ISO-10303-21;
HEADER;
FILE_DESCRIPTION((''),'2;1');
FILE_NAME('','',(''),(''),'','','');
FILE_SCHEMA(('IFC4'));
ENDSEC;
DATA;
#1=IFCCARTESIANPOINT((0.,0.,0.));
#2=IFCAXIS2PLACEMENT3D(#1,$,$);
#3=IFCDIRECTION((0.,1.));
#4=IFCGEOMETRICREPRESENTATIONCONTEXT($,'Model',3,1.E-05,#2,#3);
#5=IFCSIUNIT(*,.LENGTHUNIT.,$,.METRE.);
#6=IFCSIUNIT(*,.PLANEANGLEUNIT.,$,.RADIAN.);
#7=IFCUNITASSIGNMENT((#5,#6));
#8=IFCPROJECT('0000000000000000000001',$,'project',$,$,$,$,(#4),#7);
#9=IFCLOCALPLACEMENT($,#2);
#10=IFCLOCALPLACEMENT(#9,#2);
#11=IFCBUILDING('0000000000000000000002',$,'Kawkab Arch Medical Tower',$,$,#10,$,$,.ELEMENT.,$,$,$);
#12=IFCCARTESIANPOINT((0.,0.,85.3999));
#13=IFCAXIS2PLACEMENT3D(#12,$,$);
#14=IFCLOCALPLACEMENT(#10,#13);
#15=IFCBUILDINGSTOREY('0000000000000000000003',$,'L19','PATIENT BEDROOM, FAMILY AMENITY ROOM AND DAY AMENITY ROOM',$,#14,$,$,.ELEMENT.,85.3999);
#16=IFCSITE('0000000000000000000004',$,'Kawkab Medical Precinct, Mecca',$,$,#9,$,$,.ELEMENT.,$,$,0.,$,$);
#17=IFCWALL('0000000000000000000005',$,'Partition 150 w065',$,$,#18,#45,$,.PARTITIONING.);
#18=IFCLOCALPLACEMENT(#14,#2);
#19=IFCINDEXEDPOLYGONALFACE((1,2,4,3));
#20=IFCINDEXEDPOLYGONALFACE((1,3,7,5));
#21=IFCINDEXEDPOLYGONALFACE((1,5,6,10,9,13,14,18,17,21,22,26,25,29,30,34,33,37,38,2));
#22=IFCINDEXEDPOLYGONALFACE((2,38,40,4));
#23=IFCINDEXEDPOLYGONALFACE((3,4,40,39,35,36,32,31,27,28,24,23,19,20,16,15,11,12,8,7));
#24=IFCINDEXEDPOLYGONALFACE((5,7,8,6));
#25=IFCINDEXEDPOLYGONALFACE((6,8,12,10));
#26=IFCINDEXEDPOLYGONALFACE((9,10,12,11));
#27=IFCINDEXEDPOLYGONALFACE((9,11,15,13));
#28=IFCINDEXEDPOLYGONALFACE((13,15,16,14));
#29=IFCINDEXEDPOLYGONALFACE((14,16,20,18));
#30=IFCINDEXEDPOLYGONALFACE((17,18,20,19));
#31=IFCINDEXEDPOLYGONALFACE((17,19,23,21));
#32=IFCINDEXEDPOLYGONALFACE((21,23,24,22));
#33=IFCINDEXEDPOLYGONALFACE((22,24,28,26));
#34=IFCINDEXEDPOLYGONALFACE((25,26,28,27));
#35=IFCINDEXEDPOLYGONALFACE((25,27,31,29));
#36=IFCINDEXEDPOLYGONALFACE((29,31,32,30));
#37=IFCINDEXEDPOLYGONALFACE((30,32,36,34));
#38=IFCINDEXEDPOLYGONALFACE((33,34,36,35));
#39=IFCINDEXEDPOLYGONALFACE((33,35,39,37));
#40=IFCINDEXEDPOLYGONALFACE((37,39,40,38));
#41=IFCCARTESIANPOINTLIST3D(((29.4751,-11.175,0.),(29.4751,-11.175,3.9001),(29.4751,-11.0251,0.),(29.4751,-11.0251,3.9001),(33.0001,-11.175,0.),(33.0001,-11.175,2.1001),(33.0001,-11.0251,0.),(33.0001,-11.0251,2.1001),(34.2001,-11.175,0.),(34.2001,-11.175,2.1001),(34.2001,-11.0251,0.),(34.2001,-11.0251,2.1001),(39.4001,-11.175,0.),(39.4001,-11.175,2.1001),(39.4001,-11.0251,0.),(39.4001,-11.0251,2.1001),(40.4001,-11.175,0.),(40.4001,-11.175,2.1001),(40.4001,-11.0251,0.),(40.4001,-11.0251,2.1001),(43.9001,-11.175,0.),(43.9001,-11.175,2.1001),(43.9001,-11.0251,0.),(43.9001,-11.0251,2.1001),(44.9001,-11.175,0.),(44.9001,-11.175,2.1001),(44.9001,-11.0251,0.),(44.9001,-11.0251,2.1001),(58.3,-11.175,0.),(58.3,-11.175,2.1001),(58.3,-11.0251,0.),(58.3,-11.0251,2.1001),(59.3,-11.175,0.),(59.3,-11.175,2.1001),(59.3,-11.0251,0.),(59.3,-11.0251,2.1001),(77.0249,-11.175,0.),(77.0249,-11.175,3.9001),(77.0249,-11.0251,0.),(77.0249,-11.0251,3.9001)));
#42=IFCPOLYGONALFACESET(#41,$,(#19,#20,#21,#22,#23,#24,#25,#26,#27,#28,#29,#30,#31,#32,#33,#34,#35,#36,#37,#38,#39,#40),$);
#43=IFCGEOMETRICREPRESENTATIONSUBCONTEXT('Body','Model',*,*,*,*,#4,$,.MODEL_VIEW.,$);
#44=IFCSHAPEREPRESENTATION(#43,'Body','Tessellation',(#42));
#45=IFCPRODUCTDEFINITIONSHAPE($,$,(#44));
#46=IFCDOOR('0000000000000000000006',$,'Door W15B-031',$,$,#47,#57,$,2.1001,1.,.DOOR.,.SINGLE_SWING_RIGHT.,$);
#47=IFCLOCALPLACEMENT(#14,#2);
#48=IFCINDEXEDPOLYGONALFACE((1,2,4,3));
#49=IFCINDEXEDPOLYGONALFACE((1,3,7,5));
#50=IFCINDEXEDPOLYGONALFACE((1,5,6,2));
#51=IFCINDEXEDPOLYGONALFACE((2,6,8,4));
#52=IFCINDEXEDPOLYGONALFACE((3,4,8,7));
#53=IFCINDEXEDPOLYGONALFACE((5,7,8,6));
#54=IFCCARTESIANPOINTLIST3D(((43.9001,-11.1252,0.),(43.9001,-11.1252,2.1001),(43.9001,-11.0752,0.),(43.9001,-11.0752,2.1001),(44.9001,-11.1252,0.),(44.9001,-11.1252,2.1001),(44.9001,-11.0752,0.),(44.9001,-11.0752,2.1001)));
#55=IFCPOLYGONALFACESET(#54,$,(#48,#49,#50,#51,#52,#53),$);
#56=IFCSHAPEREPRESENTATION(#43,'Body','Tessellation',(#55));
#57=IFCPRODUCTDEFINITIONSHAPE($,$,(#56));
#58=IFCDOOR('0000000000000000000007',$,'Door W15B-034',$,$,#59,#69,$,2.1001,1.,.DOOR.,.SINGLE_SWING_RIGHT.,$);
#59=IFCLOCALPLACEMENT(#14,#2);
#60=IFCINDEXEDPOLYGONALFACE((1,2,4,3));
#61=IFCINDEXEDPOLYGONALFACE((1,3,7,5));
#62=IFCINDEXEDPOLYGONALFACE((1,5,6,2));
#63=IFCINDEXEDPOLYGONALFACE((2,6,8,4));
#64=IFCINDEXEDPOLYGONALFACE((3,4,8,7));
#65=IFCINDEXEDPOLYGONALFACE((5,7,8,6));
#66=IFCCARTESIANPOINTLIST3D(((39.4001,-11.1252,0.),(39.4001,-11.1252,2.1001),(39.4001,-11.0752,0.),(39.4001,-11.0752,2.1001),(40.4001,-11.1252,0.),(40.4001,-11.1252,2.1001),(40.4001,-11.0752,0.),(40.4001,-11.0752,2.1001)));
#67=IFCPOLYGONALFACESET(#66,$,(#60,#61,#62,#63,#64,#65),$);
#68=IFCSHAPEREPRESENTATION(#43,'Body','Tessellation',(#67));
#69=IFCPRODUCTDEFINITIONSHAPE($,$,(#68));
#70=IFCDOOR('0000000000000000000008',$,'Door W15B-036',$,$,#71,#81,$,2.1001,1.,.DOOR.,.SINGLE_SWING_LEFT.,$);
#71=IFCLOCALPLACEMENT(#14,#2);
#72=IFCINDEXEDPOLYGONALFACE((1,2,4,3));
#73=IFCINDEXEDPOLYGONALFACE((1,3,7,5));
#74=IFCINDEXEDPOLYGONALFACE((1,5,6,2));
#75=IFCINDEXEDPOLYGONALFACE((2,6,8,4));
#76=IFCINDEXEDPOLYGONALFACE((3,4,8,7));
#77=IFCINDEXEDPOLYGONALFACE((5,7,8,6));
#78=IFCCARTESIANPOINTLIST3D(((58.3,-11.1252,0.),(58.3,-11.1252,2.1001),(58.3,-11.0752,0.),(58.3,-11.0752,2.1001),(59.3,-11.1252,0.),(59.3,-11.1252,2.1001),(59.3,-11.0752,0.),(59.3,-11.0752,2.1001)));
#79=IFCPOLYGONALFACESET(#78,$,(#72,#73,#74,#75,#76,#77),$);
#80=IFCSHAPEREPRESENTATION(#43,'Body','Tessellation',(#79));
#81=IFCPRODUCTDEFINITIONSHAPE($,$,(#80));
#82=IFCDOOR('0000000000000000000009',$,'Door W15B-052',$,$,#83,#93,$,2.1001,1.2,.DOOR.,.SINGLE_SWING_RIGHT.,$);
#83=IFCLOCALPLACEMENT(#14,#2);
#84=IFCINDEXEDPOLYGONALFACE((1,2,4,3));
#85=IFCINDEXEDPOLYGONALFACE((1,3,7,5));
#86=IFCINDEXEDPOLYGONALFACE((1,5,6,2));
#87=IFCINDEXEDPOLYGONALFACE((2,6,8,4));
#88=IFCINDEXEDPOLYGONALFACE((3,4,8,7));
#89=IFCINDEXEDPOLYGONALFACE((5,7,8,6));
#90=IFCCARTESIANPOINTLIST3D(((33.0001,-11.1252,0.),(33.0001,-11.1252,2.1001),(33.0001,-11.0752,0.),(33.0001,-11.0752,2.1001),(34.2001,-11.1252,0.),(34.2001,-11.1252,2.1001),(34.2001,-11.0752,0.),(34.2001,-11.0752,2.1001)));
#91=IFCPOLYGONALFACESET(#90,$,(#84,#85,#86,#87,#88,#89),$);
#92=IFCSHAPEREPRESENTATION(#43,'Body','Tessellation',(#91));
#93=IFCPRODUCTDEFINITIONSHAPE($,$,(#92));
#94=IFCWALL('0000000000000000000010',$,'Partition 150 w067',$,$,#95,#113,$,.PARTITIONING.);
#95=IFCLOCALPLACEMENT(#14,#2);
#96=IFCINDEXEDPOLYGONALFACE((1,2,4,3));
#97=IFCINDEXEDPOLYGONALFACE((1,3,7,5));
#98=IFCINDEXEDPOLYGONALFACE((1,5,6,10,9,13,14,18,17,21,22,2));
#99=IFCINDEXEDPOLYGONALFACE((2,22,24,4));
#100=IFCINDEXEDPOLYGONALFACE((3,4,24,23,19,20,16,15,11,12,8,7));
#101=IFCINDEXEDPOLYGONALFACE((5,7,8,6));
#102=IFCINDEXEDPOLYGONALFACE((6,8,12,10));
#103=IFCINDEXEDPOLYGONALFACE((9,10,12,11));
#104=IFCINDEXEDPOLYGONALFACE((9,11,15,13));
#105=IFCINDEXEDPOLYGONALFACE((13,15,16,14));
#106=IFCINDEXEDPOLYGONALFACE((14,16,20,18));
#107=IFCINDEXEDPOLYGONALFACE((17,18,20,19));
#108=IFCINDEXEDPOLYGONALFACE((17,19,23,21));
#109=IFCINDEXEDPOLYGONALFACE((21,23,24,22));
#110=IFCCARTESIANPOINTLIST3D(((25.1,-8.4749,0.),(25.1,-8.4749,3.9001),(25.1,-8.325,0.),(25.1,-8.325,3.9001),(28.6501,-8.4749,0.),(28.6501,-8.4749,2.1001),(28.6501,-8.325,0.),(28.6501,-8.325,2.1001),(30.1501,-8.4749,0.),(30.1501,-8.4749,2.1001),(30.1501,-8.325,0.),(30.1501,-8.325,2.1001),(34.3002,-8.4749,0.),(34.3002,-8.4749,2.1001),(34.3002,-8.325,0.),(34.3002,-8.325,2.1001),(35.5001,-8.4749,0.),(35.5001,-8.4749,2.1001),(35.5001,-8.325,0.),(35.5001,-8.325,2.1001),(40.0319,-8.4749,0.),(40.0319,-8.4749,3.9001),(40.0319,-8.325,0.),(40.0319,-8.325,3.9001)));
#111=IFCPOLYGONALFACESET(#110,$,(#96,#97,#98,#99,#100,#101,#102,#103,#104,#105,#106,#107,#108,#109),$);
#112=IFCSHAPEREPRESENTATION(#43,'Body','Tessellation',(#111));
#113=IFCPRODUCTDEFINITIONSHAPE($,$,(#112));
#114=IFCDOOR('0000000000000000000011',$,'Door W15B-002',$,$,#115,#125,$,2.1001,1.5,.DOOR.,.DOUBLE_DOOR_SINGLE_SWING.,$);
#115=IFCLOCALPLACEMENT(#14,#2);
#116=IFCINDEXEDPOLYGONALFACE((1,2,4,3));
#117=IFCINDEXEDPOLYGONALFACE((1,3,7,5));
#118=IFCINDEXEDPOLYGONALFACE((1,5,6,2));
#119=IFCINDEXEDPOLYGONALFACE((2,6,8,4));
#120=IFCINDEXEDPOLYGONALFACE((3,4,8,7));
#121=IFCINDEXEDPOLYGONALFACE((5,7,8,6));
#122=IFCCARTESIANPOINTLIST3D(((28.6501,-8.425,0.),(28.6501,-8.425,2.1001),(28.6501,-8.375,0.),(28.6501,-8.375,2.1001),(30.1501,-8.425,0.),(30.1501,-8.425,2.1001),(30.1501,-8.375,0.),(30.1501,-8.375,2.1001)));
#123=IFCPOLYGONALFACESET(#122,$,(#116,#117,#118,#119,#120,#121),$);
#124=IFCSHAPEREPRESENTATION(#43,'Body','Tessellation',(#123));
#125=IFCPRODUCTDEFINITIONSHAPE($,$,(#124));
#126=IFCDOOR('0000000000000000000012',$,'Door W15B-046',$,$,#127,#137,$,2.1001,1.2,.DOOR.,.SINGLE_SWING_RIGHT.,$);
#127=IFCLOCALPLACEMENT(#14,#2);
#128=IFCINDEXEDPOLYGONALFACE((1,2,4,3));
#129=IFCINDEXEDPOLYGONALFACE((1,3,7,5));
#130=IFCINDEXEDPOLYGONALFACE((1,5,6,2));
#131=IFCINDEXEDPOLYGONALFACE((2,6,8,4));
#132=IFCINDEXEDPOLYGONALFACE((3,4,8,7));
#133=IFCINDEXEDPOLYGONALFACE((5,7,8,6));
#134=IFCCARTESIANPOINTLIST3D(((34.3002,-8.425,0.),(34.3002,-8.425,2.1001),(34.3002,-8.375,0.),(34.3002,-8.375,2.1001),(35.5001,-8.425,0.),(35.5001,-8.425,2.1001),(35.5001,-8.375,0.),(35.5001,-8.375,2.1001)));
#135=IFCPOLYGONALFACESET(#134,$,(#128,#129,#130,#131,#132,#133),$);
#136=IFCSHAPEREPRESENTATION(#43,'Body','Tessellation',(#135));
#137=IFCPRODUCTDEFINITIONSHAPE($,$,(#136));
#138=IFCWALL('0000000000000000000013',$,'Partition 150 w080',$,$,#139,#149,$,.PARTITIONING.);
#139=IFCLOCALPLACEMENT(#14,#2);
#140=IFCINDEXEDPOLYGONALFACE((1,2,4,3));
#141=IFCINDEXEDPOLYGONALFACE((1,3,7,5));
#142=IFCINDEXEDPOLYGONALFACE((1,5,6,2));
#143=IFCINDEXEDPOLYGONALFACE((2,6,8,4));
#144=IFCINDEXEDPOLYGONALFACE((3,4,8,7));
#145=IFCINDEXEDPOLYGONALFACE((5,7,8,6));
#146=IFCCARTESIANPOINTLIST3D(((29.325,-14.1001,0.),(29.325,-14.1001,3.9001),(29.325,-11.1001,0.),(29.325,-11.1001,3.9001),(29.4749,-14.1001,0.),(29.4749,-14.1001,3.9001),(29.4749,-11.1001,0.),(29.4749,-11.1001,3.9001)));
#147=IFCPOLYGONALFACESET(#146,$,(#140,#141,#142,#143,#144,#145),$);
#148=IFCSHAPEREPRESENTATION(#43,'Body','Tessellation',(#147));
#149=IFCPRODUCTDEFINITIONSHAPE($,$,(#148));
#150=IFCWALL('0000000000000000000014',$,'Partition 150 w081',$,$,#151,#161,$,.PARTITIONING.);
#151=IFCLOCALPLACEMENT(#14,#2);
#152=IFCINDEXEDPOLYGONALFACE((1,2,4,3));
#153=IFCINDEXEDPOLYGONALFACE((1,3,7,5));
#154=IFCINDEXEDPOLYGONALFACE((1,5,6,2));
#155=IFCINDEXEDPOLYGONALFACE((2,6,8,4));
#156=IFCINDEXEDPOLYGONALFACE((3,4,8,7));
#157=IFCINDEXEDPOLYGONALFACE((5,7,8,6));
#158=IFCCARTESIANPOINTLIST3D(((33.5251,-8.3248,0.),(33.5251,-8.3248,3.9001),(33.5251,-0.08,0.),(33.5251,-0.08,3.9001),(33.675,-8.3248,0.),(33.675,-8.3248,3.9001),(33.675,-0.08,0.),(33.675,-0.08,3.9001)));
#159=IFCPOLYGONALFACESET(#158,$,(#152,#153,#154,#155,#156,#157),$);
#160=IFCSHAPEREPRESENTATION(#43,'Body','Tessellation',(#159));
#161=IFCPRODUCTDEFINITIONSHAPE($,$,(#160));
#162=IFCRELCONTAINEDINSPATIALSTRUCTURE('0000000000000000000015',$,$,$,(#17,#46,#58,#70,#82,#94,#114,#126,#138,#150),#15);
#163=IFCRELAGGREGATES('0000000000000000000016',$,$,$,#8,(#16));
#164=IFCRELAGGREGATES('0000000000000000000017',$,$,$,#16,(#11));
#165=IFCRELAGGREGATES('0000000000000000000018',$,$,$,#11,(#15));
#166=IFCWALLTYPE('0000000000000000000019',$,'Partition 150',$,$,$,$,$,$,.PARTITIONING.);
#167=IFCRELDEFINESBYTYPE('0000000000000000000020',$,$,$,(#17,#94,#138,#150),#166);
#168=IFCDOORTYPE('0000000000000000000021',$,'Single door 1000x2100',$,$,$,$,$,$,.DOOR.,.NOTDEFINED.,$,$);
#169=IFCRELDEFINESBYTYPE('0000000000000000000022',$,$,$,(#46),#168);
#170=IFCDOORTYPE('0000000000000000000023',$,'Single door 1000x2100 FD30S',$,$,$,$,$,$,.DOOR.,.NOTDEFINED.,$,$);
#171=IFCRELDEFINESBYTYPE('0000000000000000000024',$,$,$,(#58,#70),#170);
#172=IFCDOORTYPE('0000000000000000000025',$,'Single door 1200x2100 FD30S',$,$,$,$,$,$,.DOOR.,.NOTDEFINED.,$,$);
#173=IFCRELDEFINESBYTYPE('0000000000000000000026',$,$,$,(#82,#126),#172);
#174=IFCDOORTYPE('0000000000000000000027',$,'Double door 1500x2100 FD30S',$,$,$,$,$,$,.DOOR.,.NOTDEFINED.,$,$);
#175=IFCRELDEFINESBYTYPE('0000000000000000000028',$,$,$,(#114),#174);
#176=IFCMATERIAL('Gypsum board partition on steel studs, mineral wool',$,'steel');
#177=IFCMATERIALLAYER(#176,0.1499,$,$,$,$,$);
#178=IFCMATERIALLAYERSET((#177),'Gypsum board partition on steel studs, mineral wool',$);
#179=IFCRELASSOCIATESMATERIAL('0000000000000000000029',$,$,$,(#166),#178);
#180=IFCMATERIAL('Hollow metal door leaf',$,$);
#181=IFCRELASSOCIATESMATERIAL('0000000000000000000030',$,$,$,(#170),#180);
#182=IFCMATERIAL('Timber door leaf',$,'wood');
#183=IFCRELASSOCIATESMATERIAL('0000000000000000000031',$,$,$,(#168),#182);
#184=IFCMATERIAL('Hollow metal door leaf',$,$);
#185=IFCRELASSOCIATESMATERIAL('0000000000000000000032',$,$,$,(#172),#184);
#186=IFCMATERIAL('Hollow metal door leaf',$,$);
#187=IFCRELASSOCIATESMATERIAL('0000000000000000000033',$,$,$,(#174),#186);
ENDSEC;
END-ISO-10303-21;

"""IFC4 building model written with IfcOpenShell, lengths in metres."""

from ifc_helpers import new_model, si_unit, direction, frame, frame_2d, origin, place, context, subcontext, project, spatial, rectangle, extrude, material, layer, layer_set, type_object, element, fill, save


model = new_model("IFC4")

# Units and contexts
model_context = context("Model", 3, precision=1e-05, world=origin(), true_north=direction((0.0, 1.0)))
body_context = subcontext(model_context, "Body", "Model", "MODEL_VIEW")
ifc_project = project(units=[si_unit("LENGTHUNIT", "METRE"), si_unit("PLANEANGLEUNIT", "RADIAN")], contexts=[model_context])

# Site, building, storey
site_placement = place(None, origin())
site = spatial("IfcSite", under=ifc_project, at=site_placement, Name="Kawkab Medical Precinct, Mecca", CompositionType="ELEMENT", RefElevation=0.0)
building_placement = place(site_placement, origin())
building = spatial("IfcBuilding", under=site, at=building_placement, Name="Kawkab Arch Medical Tower", CompositionType="ELEMENT")
storey_placement = place(building_placement, frame((0.0, 0.0, 85.3999)))
storey = spatial("IfcBuildingStorey", under=building, at=storey_placement, Name="L19", Description="PATIENT BEDROOM, FAMILY AMENITY ROOM AND DAY AMENITY ROOM", CompositionType="ELEMENT", Elevation=85.3999)

# Walls, openings, doors
ifc_material_1 = material(Name="Gypsum board partition on steel studs, mineral wool", Category="steel")
ifc_layer_1 = layer(ifc_material_1, 0.1499)
ifc_layer_set_1 = layer_set([ifc_layer_1], Name="Gypsum board partition on steel studs, mineral wool")
wall_type_1 = type_object("IfcWallType", Name="Partition 150", PredefinedType="PARTITIONING", material=ifc_layer_set_1)
ifc_material_2 = material(Name="Hollow metal door leaf")
door_type_1 = type_object("IfcDoorType", Name="Single door 1000x2100 FD30S", OperationType="NOTDEFINED", PredefinedType="DOOR", material=ifc_material_2)
wall_1_placement = place(storey_placement, frame((29.4751, -11.1001, 0.0), z_axis=(0.0, 0.0, 1.0), x_axis=(1.0, 0.0, 0.0)))
wall_1 = element("IfcWall", 1, at=wall_1_placement, inside=storey, type_object=wall_type_1, Name="Partition 150 w065", PredefinedType="PARTITIONING", context=body_context, shape_type="SweptSolid", body=[
    extrude(rectangle(XDim=47.5498, YDim=0.1499, at=frame_2d((23.7749, 0.0))), origin(), (0.0, 0.0, 1.0), 3.9001),
])
opening_1_placement = place(wall_1_placement, frame((3.5249, 0.0, 0.0)))
opening_1 = element("IfcOpeningElement", 2, at=opening_1_placement, cuts=wall_1, PredefinedType="OPENING", context=body_context, shape_type="SweptSolid", body=[
    extrude(rectangle(XDim=1.2, YDim=2.1001, at=frame_2d((0.6001, 1.05))), frame((0.0, 0.085, 0.0), z_axis=(0.0, -1.0, 0.0), x_axis=(1.0, 0.0, 0.0)), (0.0, 0.0, 1.0), 0.1699),
])
opening_2_placement = place(wall_1_placement, frame((9.925, 0.0, 0.0)))
opening_2 = element("IfcOpeningElement", 3, at=opening_2_placement, cuts=wall_1, PredefinedType="OPENING", context=body_context, shape_type="SweptSolid", body=[
    extrude(rectangle(XDim=1.0, YDim=2.1001, at=frame_2d((0.5, 1.05))), frame((0.0, 0.085, 0.0), z_axis=(0.0, -1.0, 0.0), x_axis=(1.0, 0.0, 0.0)), (0.0, 0.0, 1.0), 0.1699),
])
opening_3_placement = place(wall_1_placement, frame((14.425, 0.0, 0.0)))
opening_3 = element("IfcOpeningElement", 4, at=opening_3_placement, cuts=wall_1, PredefinedType="OPENING", context=body_context, shape_type="SweptSolid", body=[
    extrude(rectangle(XDim=1.0, YDim=2.1001, at=frame_2d((0.5, 1.05))), frame((0.0, 0.085, 0.0), z_axis=(0.0, -1.0, 0.0), x_axis=(1.0, 0.0, 0.0)), (0.0, 0.0, 1.0), 0.1699),
])
opening_4_placement = place(wall_1_placement, frame((28.825, 0.0, 0.0)))
opening_4 = element("IfcOpeningElement", 5, at=opening_4_placement, cuts=wall_1, PredefinedType="OPENING", context=body_context, shape_type="SweptSolid", body=[
    extrude(rectangle(XDim=1.0, YDim=2.1001, at=frame_2d((0.5, 1.05))), frame((0.0, 0.085, 0.0), z_axis=(0.0, -1.0, 0.0), x_axis=(1.0, 0.0, 0.0)), (0.0, 0.0, 1.0), 0.1699),
])
ifc_material_3 = material(Name="Timber door leaf", Category="wood")
door_type_2 = type_object("IfcDoorType", Name="Single door 1000x2100", OperationType="NOTDEFINED", PredefinedType="DOOR", material=ifc_material_3)
door_1_placement = place(opening_3_placement, origin())
door_1 = element("IfcDoor", 6, at=door_1_placement, inside=storey, type_object=door_type_2, Name="Door W15B-031", OperationType="SINGLE_SWING_RIGHT", OverallHeight=2.1001, OverallWidth=1.0, PredefinedType="DOOR", context=body_context, shape_type="SweptSolid", body=[
    extrude(rectangle(XDim=1.0, YDim=2.1001, at=frame_2d((0.5, 1.05))), frame((0.0, 0.0249, 0.0), z_axis=(0.0, -1.0, 0.0), x_axis=(1.0, 0.0, 0.0)), (0.0, 0.0, 1.0), 0.05),
])
fill(opening_3, door_1)
door_2_placement = place(opening_2_placement, origin())
door_2 = element("IfcDoor", 7, at=door_2_placement, inside=storey, type_object=door_type_1, Name="Door W15B-034", OperationType="SINGLE_SWING_RIGHT", OverallHeight=2.1001, OverallWidth=1.0, PredefinedType="DOOR", context=body_context, shape_type="SweptSolid", body=[
    extrude(rectangle(XDim=1.0, YDim=2.1001, at=frame_2d((0.5, 1.05))), frame((0.0, 0.0249, 0.0), z_axis=(0.0, -1.0, 0.0), x_axis=(1.0, 0.0, 0.0)), (0.0, 0.0, 1.0), 0.05),
])
fill(opening_2, door_2)
door_3_placement = place(opening_4_placement, origin())
door_3 = element("IfcDoor", 8, at=door_3_placement, inside=storey, type_object=door_type_1, Name="Door W15B-036", OperationType="SINGLE_SWING_LEFT", OverallHeight=2.1001, OverallWidth=1.0, PredefinedType="DOOR", context=body_context, shape_type="SweptSolid", body=[
    extrude(rectangle(XDim=1.0, YDim=2.1001, at=frame_2d((0.5, 1.05))), frame((0.0, 0.0249, 0.0), z_axis=(0.0, -1.0, 0.0), x_axis=(1.0, 0.0, 0.0)), (0.0, 0.0, 1.0), 0.05),
])
fill(opening_4, door_3)
ifc_material_4 = material(Name="Hollow metal door leaf")
door_type_3 = type_object("IfcDoorType", Name="Single door 1200x2100 FD30S", OperationType="NOTDEFINED", PredefinedType="DOOR", material=ifc_material_4)
door_4_placement = place(opening_1_placement, origin())
door_4 = element("IfcDoor", 9, at=door_4_placement, inside=storey, type_object=door_type_3, Name="Door W15B-052", OperationType="SINGLE_SWING_RIGHT", OverallHeight=2.1001, OverallWidth=1.2, PredefinedType="DOOR", context=body_context, shape_type="SweptSolid", body=[
    extrude(rectangle(XDim=1.2, YDim=2.1001, at=frame_2d((0.6001, 1.05))), frame((0.0, 0.0249, 0.0), z_axis=(0.0, -1.0, 0.0), x_axis=(1.0, 0.0, 0.0)), (0.0, 0.0, 1.0), 0.05),
])
fill(opening_1, door_4)
wall_2_placement = place(storey_placement, frame((25.1001, -8.3999, 0.0), z_axis=(0.0, 0.0, 1.0), x_axis=(1.0, 0.0, 0.0)))
wall_2 = element("IfcWall", 10, at=wall_2_placement, inside=storey, type_object=wall_type_1, Name="Partition 150 w067", PredefinedType="PARTITIONING", context=body_context, shape_type="SweptSolid", body=[
    extrude(rectangle(XDim=14.9319, YDim=0.1499, at=frame_2d((7.4658, 0.0))), origin(), (0.0, 0.0, 1.0), 3.9001),
])
opening_5_placement = place(wall_2_placement, frame((3.55, 0.0, 0.0)))
opening_5 = element("IfcOpeningElement", 11, at=opening_5_placement, cuts=wall_2, PredefinedType="OPENING", context=body_context, shape_type="SweptSolid", body=[
    extrude(rectangle(XDim=1.5, YDim=2.1001, at=frame_2d((0.75, 1.05))), frame((0.0, 0.085, 0.0), z_axis=(0.0, -1.0, 0.0), x_axis=(1.0, 0.0, 0.0)), (0.0, 0.0, 1.0), 0.1699),
])
opening_6_placement = place(wall_2_placement, frame((9.2, 0.0, 0.0)))
opening_6 = element("IfcOpeningElement", 12, at=opening_6_placement, cuts=wall_2, PredefinedType="OPENING", context=body_context, shape_type="SweptSolid", body=[
    extrude(rectangle(XDim=1.2, YDim=2.1001, at=frame_2d((0.6001, 1.05))), frame((0.0, 0.085, 0.0), z_axis=(0.0, -1.0, 0.0), x_axis=(1.0, 0.0, 0.0)), (0.0, 0.0, 1.0), 0.1699),
])
ifc_material_5 = material(Name="Hollow metal door leaf")
door_type_4 = type_object("IfcDoorType", Name="Double door 1500x2100 FD30S", OperationType="NOTDEFINED", PredefinedType="DOOR", material=ifc_material_5)
door_5_placement = place(opening_5_placement, origin())
door_5 = element("IfcDoor", 13, at=door_5_placement, inside=storey, type_object=door_type_4, Name="Door W15B-002", OperationType="DOUBLE_DOOR_SINGLE_SWING", OverallHeight=2.1001, OverallWidth=1.5, PredefinedType="DOOR", context=body_context, shape_type="SweptSolid", body=[
    extrude(rectangle(XDim=1.5, YDim=2.1001, at=frame_2d((0.75, 1.05))), frame((0.0, 0.0249, 0.0), z_axis=(0.0, -1.0, 0.0), x_axis=(1.0, 0.0, 0.0)), (0.0, 0.0, 1.0), 0.05),
])
fill(opening_5, door_5)
door_6_placement = place(opening_6_placement, origin())
door_6 = element("IfcDoor", 14, at=door_6_placement, inside=storey, type_object=door_type_3, Name="Door W15B-046", OperationType="SINGLE_SWING_RIGHT", OverallHeight=2.1001, OverallWidth=1.2, PredefinedType="DOOR", context=body_context, shape_type="SweptSolid", body=[
    extrude(rectangle(XDim=1.2, YDim=2.1001, at=frame_2d((0.6001, 1.05))), frame((0.0, 0.0249, 0.0), z_axis=(0.0, -1.0, 0.0), x_axis=(1.0, 0.0, 0.0)), (0.0, 0.0, 1.0), 0.05),
])
fill(opening_6, door_6)

# Walls
wall_3_placement = place(storey_placement, frame((29.3999, -14.1001, 0.0), z_axis=(0.0, 0.0, 1.0), x_axis=(0.0, 1.0, 0.0)))
element("IfcWall", 15, at=wall_3_placement, inside=storey, type_object=wall_type_1, Name="Partition 150 w080", PredefinedType="PARTITIONING", context=body_context, shape_type="SweptSolid", body=[
    extrude(rectangle(XDim=3.0, YDim=0.1499, at=frame_2d((1.5, 0.0))), origin(), (0.0, 0.0, 1.0), 3.9001),
])
wall_4_placement = place(storey_placement, frame((33.6001, -8.325, 0.0), z_axis=(0.0, 0.0, 1.0), x_axis=(0.0, 1.0, 0.0)))
element("IfcWall", 16, at=wall_4_placement, inside=storey, type_object=wall_type_1, Name="Partition 150 w081", PredefinedType="PARTITIONING", context=body_context, shape_type="SweptSolid", body=[
    extrude(rectangle(XDim=8.2449, YDim=0.1499, at=frame_2d((4.1226, 0.0))), origin(), (0.0, 0.0, 1.0), 3.9001),
])

save(model, "model.ifc")
